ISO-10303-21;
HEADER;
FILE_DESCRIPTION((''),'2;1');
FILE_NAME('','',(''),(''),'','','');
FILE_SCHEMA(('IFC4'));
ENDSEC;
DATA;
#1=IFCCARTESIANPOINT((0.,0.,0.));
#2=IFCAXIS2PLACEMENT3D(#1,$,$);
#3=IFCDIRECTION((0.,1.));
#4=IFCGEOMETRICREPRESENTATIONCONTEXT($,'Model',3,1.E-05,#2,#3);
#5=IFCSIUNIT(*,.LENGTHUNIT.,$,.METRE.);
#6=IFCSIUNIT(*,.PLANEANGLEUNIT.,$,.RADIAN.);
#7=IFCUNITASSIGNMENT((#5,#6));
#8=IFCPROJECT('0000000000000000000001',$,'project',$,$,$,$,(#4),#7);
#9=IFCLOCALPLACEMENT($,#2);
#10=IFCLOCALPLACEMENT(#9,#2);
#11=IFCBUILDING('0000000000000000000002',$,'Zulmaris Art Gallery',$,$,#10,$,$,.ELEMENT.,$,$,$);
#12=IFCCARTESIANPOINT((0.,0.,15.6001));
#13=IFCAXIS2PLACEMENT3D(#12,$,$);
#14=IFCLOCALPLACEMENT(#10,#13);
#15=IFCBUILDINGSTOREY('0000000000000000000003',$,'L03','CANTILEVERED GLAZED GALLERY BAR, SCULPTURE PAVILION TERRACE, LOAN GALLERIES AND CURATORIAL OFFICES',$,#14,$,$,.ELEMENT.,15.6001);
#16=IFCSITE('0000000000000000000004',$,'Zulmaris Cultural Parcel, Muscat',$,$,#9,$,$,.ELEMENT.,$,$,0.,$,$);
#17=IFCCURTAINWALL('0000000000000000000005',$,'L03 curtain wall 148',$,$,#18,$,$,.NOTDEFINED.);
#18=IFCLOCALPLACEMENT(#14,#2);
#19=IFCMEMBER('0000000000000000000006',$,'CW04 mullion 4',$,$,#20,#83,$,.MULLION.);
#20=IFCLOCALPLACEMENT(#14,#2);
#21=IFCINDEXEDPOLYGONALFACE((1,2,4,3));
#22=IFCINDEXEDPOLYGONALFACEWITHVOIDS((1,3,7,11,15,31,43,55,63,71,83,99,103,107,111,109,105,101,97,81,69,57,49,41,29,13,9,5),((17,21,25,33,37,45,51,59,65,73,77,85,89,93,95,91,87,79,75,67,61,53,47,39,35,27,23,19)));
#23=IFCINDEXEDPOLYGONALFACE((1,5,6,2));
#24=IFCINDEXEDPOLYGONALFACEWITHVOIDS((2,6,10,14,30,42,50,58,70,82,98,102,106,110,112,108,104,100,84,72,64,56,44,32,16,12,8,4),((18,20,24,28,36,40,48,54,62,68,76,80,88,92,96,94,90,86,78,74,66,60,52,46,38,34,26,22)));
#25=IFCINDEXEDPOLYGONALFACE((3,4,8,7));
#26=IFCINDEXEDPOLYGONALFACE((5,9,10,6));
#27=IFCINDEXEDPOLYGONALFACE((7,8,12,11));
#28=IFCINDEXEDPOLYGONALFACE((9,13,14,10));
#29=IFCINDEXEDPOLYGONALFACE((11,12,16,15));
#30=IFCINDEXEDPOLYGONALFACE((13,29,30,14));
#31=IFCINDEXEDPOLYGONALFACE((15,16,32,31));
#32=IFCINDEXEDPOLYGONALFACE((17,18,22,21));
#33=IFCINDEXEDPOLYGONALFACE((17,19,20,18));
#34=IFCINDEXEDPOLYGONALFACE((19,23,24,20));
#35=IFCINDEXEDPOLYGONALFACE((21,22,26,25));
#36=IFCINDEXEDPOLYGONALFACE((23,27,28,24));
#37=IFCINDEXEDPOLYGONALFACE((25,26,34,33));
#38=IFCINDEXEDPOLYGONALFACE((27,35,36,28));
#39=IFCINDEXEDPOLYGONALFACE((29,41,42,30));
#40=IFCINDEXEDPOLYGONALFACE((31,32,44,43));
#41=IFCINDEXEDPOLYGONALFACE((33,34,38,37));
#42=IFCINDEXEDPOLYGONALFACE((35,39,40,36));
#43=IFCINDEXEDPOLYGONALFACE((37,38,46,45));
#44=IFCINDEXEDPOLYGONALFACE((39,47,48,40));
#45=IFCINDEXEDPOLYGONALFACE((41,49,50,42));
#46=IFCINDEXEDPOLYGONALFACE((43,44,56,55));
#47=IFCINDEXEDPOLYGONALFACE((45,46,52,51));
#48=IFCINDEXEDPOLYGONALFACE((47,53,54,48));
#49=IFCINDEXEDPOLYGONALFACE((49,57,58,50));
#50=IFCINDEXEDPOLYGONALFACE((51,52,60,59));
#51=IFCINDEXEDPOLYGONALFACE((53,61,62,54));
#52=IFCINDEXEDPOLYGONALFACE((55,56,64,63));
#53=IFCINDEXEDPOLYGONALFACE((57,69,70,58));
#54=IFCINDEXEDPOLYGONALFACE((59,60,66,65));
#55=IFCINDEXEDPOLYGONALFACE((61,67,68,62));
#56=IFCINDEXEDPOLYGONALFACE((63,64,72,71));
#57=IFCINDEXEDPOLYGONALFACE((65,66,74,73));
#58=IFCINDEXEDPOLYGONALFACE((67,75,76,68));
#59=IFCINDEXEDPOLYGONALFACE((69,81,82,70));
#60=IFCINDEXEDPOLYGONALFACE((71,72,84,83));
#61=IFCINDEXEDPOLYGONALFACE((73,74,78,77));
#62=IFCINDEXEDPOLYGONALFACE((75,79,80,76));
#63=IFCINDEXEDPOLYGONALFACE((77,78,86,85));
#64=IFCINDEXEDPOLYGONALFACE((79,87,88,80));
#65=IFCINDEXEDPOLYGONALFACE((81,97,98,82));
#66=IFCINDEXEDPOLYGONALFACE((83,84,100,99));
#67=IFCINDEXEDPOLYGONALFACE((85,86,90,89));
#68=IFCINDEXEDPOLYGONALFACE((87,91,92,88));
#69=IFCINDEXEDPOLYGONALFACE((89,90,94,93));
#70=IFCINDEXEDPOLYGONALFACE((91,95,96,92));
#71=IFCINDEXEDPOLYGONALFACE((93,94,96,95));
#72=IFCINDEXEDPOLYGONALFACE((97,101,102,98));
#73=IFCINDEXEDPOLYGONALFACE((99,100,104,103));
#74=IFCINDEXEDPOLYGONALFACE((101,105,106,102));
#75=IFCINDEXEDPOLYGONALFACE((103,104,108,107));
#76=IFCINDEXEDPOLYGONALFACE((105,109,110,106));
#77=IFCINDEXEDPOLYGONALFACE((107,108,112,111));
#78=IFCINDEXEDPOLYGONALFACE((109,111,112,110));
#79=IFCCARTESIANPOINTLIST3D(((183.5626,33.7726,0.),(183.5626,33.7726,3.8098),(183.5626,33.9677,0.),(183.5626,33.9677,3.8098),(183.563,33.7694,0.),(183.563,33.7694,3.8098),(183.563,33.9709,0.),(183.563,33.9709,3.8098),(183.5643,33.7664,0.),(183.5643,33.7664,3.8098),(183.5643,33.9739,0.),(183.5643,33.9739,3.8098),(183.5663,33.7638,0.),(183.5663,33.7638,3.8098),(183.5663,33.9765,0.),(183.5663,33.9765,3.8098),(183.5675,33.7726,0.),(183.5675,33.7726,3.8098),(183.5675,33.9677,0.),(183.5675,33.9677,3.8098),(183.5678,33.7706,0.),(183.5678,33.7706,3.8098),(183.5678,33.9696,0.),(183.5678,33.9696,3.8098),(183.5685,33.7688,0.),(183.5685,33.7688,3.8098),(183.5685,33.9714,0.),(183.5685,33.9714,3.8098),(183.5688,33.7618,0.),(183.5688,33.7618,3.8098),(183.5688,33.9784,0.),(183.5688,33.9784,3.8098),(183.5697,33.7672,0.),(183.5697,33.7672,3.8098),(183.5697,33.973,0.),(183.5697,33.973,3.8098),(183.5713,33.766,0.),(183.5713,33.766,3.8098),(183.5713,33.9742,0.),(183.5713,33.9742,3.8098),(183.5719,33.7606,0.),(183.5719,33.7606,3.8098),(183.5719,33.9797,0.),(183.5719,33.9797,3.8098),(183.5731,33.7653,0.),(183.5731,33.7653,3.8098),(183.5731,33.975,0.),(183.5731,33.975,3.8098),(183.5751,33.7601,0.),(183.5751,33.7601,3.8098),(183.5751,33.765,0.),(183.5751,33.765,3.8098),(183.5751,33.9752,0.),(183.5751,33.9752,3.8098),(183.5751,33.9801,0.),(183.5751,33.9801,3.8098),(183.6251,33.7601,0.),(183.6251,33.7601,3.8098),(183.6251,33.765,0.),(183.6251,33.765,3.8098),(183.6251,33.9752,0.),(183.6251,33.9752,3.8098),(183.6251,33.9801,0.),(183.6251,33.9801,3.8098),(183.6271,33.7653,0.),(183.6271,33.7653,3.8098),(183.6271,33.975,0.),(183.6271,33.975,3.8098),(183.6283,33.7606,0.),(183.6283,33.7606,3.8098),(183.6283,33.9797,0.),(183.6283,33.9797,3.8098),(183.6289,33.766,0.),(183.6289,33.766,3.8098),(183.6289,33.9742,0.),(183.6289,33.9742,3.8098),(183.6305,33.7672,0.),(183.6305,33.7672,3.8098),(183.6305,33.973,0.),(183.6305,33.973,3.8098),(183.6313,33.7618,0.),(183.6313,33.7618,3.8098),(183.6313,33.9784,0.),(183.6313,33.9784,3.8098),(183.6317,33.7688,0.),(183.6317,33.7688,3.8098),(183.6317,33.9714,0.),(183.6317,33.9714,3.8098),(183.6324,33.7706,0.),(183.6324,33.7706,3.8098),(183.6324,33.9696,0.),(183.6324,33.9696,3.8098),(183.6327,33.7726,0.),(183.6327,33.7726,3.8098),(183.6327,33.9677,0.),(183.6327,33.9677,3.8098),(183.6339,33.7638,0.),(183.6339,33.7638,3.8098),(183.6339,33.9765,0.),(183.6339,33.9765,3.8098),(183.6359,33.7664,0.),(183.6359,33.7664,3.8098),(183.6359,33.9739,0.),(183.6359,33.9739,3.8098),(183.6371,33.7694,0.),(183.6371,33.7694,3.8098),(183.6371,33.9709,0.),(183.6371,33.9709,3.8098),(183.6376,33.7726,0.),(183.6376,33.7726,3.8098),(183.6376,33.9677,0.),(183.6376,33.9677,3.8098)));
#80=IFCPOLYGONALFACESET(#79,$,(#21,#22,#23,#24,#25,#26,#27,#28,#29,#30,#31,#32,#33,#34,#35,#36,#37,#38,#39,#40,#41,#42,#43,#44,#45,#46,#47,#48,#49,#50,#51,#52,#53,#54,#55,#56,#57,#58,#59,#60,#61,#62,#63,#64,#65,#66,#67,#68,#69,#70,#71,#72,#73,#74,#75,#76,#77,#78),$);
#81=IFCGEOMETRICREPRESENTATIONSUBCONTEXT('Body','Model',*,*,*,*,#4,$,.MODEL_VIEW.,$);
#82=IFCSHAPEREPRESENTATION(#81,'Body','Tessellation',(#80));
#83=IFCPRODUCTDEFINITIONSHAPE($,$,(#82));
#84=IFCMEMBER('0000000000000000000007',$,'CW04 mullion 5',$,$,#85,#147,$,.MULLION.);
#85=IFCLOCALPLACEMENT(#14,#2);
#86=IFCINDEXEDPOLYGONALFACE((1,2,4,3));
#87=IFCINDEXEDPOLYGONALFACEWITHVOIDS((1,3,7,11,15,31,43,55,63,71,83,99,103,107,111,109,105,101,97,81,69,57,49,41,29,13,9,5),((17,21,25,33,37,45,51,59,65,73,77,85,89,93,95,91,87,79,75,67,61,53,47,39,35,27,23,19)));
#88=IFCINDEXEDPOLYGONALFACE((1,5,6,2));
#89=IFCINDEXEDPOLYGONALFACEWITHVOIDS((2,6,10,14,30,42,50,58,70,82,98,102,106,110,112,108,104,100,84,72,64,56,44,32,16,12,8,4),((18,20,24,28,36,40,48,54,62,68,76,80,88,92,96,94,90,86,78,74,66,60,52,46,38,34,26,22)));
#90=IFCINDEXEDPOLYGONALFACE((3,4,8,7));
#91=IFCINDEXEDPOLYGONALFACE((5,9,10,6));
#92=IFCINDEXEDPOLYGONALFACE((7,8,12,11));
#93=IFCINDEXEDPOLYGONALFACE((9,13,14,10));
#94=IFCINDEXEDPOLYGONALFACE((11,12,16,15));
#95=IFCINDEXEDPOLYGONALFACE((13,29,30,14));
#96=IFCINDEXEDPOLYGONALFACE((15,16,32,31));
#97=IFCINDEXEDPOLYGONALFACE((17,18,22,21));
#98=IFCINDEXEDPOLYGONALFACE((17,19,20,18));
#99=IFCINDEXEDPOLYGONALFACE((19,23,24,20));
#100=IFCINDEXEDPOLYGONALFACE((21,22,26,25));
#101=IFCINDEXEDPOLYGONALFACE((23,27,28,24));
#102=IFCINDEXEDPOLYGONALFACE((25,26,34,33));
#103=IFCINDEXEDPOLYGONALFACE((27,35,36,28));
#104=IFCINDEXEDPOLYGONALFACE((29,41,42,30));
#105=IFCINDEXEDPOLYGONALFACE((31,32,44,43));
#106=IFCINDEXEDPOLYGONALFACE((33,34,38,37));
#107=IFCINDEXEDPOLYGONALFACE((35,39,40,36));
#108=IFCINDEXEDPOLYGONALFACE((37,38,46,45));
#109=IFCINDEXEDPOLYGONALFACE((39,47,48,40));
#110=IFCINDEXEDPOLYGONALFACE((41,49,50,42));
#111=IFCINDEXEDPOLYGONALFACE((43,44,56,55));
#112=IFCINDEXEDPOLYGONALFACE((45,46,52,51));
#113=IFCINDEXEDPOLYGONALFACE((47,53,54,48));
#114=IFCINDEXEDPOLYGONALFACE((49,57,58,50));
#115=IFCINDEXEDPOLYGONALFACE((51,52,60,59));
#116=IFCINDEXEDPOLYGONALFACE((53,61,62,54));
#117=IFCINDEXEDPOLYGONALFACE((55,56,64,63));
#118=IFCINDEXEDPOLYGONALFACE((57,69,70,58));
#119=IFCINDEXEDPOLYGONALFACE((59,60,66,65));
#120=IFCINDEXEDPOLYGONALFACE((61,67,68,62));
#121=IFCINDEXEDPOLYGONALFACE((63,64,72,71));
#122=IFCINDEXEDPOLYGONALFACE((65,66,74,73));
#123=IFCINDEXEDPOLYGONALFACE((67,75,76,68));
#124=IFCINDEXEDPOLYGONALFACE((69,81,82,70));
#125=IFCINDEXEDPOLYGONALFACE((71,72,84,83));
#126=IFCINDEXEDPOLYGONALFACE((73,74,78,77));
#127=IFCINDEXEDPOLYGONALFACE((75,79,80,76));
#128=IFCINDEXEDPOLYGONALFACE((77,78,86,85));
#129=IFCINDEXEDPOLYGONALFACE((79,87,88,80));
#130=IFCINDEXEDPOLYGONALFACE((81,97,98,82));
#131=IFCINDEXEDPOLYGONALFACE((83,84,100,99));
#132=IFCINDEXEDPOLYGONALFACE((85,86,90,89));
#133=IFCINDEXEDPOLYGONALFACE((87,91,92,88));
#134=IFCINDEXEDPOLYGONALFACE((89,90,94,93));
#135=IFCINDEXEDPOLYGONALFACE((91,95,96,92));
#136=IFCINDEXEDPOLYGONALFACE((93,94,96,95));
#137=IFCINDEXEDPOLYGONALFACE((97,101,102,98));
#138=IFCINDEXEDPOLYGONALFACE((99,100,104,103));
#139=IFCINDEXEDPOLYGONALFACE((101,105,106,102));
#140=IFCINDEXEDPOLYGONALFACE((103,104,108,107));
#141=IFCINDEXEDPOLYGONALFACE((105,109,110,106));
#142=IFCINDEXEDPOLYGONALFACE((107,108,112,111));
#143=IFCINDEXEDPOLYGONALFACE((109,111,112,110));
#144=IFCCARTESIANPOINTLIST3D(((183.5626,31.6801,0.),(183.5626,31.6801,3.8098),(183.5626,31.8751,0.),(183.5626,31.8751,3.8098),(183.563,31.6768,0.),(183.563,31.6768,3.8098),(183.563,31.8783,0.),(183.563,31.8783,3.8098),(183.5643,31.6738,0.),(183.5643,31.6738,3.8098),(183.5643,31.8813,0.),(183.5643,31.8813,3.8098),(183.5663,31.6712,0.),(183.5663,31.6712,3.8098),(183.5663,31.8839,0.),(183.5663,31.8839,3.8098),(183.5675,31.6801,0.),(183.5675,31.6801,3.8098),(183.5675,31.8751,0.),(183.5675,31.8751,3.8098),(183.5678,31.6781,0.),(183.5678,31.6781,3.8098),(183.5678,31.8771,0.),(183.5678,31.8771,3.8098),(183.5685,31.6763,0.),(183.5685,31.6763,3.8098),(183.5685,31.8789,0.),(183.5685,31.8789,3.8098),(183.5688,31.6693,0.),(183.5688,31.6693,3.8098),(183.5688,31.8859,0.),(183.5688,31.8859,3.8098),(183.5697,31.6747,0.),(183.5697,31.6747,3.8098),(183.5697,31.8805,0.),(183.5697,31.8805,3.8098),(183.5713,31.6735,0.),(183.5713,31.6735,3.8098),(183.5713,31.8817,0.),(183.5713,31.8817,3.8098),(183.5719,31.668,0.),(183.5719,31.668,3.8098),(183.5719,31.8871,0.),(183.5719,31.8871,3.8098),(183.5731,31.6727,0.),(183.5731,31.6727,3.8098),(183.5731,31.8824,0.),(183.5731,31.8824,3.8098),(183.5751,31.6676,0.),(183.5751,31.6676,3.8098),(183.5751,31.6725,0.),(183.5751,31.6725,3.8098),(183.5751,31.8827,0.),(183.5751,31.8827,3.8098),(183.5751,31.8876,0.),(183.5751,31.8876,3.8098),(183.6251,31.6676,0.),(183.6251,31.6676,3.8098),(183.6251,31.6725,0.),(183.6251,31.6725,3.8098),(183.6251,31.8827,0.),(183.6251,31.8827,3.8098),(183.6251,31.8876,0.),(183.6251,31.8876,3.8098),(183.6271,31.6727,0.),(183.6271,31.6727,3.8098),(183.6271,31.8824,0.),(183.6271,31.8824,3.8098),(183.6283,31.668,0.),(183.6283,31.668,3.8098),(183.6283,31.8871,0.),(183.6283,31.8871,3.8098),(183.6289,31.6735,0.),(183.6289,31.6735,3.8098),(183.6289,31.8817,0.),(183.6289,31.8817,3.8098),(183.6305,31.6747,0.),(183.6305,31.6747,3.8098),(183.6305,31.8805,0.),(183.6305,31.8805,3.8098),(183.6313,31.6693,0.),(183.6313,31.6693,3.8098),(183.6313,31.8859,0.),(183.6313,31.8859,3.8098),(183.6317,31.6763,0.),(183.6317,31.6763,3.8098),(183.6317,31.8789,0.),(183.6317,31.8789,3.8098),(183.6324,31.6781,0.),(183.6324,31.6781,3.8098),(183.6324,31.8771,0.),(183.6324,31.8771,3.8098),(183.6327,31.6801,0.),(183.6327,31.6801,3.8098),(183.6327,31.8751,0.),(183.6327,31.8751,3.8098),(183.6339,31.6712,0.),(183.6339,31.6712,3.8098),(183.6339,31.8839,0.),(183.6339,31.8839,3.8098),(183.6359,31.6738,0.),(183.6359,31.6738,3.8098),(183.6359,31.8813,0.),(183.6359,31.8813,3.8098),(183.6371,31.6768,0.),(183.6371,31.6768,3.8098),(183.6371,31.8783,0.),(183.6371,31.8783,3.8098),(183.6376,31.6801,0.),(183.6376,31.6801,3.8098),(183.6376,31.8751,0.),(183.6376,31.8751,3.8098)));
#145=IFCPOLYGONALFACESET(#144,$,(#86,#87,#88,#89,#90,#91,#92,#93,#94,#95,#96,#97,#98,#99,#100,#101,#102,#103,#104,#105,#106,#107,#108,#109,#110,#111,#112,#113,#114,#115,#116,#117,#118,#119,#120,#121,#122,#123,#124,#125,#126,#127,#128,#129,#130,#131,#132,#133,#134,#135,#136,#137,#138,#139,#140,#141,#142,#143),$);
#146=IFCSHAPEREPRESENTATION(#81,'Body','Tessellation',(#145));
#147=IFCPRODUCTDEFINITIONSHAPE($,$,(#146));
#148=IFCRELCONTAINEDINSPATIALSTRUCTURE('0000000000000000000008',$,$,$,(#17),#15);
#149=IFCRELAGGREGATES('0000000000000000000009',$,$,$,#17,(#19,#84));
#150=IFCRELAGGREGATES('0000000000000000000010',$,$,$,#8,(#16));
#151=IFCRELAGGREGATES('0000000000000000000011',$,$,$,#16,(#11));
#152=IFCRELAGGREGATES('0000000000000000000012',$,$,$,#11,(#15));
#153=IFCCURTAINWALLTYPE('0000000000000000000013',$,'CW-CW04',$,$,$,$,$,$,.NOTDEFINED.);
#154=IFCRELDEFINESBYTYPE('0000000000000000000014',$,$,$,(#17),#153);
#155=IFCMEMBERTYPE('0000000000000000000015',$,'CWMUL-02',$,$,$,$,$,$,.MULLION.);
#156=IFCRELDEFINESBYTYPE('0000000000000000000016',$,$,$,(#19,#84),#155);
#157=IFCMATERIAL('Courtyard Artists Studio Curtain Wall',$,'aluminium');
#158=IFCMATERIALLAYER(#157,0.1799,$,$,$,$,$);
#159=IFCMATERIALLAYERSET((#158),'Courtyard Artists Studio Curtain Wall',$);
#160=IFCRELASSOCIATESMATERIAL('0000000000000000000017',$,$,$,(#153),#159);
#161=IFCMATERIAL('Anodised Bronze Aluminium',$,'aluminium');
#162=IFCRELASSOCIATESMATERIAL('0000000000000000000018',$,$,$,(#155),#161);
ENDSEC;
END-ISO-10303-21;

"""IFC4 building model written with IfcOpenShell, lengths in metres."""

from ifc_helpers import new_model, si_unit, direction, frame, origin, origin_2d, place, context, subcontext, project, spatial, hollow_rectangle, extrude, material, layer, layer_set, material_profile, profile_set, type_object, element, aggregate, save


model = new_model("IFC4")

# Units and contexts
model_context = context("Model", 3, precision=1e-05, world=origin(), true_north=direction((0.0, 1.0)))
body_context = subcontext(model_context, "Body", "Model", "MODEL_VIEW")
ifc_project = project(units=[si_unit("LENGTHUNIT", "METRE"), si_unit("PLANEANGLEUNIT", "RADIAN")], contexts=[model_context])

# Site, building, storey
site_placement = place(None, origin())
site = spatial("IfcSite", under=ifc_project, at=site_placement, Name="Zulmaris Cultural Parcel, Muscat", CompositionType="ELEMENT", RefElevation=0.0)
building_placement = place(site_placement, origin())
building = spatial("IfcBuilding", under=site, at=building_placement, Name="Zulmaris Art Gallery", CompositionType="ELEMENT")
storey_placement = place(building_placement, frame((0.0, 0.0, 15.6001)))
storey = spatial("IfcBuildingStorey", under=building, at=storey_placement, Name="L03", Description="CANTILEVERED GLAZED GALLERY BAR, SCULPTURE PAVILION TERRACE, LOAN GALLERIES AND CURATORIAL OFFICES", CompositionType="ELEMENT", Elevation=15.6001)

# Curtain wall, members
ifc_material_1 = material(Name="Courtyard Artists Studio Curtain Wall", Category="aluminium")
ifc_layer_1 = layer(ifc_material_1, 0.1799)
ifc_layer_set_1 = layer_set([ifc_layer_1], Name="Courtyard Artists Studio Curtain Wall")
curtain_wall_type = type_object("IfcCurtainWallType", Name="CW-CW04", PredefinedType="NOTDEFINED", material=ifc_layer_set_1)
curtain_wall_1_placement = place(storey_placement, origin())
curtain_wall_1 = element("IfcCurtainWall", 1, at=curtain_wall_1_placement, inside=storey, type_object=curtain_wall_type, Name="L03 curtain wall 148", PredefinedType="NOTDEFINED")
ifc_material_2 = material(Name="Anodised Bronze Aluminium", Category="aluminium")
ifc_material_profile_1 = material_profile(ifc_material_2, hollow_rectangle(XDim=0.075, YDim=0.22, WallThickness=0.0049, InnerFilletRadius=0.0076, OuterFilletRadius=0.0125, at=origin_2d()), Name="ALU 75x220x5")
ifc_profile_set_1 = profile_set([ifc_material_profile_1], Name="Anodised Bronze Aluminium")
member_type_1 = type_object("IfcMemberType", Name="CWMUL-02", PredefinedType="MULLION", material=ifc_profile_set_1)
member_1_placement = place(storey_placement, frame((183.6001, 33.8701, 0.0), z_axis=(0.0, 0.0, 1.0), x_axis=(1.0, 0.0, 0.0)))
member_1 = element("IfcMember", 2, at=member_1_placement, type_object=member_type_1, Name="CW04 mullion 4", PredefinedType="MULLION", context=body_context, shape_type="SweptSolid", body=[
    extrude(hollow_rectangle(XDim=0.075, YDim=0.22, WallThickness=0.0049, InnerFilletRadius=0.0076, OuterFilletRadius=0.0125, at=origin_2d()), origin(), (0.0, 0.0, 1.0), 3.8098),
])
member_2_placement = place(storey_placement, frame((183.6001, 31.7776, 0.0), z_axis=(0.0, 0.0, 1.0), x_axis=(1.0, 0.0, 0.0)))
member_2 = element("IfcMember", 3, at=member_2_placement, type_object=member_type_1, Name="CW04 mullion 5", PredefinedType="MULLION", context=body_context, shape_type="SweptSolid", body=[
    extrude(hollow_rectangle(XDim=0.075, YDim=0.22, WallThickness=0.0049, InnerFilletRadius=0.0076, OuterFilletRadius=0.0125, at=origin_2d()), origin(), (0.0, 0.0, 1.0), 3.8098),
])

aggregate(curtain_wall_1, [member_1, member_2])

save(model, "model.ifc")
